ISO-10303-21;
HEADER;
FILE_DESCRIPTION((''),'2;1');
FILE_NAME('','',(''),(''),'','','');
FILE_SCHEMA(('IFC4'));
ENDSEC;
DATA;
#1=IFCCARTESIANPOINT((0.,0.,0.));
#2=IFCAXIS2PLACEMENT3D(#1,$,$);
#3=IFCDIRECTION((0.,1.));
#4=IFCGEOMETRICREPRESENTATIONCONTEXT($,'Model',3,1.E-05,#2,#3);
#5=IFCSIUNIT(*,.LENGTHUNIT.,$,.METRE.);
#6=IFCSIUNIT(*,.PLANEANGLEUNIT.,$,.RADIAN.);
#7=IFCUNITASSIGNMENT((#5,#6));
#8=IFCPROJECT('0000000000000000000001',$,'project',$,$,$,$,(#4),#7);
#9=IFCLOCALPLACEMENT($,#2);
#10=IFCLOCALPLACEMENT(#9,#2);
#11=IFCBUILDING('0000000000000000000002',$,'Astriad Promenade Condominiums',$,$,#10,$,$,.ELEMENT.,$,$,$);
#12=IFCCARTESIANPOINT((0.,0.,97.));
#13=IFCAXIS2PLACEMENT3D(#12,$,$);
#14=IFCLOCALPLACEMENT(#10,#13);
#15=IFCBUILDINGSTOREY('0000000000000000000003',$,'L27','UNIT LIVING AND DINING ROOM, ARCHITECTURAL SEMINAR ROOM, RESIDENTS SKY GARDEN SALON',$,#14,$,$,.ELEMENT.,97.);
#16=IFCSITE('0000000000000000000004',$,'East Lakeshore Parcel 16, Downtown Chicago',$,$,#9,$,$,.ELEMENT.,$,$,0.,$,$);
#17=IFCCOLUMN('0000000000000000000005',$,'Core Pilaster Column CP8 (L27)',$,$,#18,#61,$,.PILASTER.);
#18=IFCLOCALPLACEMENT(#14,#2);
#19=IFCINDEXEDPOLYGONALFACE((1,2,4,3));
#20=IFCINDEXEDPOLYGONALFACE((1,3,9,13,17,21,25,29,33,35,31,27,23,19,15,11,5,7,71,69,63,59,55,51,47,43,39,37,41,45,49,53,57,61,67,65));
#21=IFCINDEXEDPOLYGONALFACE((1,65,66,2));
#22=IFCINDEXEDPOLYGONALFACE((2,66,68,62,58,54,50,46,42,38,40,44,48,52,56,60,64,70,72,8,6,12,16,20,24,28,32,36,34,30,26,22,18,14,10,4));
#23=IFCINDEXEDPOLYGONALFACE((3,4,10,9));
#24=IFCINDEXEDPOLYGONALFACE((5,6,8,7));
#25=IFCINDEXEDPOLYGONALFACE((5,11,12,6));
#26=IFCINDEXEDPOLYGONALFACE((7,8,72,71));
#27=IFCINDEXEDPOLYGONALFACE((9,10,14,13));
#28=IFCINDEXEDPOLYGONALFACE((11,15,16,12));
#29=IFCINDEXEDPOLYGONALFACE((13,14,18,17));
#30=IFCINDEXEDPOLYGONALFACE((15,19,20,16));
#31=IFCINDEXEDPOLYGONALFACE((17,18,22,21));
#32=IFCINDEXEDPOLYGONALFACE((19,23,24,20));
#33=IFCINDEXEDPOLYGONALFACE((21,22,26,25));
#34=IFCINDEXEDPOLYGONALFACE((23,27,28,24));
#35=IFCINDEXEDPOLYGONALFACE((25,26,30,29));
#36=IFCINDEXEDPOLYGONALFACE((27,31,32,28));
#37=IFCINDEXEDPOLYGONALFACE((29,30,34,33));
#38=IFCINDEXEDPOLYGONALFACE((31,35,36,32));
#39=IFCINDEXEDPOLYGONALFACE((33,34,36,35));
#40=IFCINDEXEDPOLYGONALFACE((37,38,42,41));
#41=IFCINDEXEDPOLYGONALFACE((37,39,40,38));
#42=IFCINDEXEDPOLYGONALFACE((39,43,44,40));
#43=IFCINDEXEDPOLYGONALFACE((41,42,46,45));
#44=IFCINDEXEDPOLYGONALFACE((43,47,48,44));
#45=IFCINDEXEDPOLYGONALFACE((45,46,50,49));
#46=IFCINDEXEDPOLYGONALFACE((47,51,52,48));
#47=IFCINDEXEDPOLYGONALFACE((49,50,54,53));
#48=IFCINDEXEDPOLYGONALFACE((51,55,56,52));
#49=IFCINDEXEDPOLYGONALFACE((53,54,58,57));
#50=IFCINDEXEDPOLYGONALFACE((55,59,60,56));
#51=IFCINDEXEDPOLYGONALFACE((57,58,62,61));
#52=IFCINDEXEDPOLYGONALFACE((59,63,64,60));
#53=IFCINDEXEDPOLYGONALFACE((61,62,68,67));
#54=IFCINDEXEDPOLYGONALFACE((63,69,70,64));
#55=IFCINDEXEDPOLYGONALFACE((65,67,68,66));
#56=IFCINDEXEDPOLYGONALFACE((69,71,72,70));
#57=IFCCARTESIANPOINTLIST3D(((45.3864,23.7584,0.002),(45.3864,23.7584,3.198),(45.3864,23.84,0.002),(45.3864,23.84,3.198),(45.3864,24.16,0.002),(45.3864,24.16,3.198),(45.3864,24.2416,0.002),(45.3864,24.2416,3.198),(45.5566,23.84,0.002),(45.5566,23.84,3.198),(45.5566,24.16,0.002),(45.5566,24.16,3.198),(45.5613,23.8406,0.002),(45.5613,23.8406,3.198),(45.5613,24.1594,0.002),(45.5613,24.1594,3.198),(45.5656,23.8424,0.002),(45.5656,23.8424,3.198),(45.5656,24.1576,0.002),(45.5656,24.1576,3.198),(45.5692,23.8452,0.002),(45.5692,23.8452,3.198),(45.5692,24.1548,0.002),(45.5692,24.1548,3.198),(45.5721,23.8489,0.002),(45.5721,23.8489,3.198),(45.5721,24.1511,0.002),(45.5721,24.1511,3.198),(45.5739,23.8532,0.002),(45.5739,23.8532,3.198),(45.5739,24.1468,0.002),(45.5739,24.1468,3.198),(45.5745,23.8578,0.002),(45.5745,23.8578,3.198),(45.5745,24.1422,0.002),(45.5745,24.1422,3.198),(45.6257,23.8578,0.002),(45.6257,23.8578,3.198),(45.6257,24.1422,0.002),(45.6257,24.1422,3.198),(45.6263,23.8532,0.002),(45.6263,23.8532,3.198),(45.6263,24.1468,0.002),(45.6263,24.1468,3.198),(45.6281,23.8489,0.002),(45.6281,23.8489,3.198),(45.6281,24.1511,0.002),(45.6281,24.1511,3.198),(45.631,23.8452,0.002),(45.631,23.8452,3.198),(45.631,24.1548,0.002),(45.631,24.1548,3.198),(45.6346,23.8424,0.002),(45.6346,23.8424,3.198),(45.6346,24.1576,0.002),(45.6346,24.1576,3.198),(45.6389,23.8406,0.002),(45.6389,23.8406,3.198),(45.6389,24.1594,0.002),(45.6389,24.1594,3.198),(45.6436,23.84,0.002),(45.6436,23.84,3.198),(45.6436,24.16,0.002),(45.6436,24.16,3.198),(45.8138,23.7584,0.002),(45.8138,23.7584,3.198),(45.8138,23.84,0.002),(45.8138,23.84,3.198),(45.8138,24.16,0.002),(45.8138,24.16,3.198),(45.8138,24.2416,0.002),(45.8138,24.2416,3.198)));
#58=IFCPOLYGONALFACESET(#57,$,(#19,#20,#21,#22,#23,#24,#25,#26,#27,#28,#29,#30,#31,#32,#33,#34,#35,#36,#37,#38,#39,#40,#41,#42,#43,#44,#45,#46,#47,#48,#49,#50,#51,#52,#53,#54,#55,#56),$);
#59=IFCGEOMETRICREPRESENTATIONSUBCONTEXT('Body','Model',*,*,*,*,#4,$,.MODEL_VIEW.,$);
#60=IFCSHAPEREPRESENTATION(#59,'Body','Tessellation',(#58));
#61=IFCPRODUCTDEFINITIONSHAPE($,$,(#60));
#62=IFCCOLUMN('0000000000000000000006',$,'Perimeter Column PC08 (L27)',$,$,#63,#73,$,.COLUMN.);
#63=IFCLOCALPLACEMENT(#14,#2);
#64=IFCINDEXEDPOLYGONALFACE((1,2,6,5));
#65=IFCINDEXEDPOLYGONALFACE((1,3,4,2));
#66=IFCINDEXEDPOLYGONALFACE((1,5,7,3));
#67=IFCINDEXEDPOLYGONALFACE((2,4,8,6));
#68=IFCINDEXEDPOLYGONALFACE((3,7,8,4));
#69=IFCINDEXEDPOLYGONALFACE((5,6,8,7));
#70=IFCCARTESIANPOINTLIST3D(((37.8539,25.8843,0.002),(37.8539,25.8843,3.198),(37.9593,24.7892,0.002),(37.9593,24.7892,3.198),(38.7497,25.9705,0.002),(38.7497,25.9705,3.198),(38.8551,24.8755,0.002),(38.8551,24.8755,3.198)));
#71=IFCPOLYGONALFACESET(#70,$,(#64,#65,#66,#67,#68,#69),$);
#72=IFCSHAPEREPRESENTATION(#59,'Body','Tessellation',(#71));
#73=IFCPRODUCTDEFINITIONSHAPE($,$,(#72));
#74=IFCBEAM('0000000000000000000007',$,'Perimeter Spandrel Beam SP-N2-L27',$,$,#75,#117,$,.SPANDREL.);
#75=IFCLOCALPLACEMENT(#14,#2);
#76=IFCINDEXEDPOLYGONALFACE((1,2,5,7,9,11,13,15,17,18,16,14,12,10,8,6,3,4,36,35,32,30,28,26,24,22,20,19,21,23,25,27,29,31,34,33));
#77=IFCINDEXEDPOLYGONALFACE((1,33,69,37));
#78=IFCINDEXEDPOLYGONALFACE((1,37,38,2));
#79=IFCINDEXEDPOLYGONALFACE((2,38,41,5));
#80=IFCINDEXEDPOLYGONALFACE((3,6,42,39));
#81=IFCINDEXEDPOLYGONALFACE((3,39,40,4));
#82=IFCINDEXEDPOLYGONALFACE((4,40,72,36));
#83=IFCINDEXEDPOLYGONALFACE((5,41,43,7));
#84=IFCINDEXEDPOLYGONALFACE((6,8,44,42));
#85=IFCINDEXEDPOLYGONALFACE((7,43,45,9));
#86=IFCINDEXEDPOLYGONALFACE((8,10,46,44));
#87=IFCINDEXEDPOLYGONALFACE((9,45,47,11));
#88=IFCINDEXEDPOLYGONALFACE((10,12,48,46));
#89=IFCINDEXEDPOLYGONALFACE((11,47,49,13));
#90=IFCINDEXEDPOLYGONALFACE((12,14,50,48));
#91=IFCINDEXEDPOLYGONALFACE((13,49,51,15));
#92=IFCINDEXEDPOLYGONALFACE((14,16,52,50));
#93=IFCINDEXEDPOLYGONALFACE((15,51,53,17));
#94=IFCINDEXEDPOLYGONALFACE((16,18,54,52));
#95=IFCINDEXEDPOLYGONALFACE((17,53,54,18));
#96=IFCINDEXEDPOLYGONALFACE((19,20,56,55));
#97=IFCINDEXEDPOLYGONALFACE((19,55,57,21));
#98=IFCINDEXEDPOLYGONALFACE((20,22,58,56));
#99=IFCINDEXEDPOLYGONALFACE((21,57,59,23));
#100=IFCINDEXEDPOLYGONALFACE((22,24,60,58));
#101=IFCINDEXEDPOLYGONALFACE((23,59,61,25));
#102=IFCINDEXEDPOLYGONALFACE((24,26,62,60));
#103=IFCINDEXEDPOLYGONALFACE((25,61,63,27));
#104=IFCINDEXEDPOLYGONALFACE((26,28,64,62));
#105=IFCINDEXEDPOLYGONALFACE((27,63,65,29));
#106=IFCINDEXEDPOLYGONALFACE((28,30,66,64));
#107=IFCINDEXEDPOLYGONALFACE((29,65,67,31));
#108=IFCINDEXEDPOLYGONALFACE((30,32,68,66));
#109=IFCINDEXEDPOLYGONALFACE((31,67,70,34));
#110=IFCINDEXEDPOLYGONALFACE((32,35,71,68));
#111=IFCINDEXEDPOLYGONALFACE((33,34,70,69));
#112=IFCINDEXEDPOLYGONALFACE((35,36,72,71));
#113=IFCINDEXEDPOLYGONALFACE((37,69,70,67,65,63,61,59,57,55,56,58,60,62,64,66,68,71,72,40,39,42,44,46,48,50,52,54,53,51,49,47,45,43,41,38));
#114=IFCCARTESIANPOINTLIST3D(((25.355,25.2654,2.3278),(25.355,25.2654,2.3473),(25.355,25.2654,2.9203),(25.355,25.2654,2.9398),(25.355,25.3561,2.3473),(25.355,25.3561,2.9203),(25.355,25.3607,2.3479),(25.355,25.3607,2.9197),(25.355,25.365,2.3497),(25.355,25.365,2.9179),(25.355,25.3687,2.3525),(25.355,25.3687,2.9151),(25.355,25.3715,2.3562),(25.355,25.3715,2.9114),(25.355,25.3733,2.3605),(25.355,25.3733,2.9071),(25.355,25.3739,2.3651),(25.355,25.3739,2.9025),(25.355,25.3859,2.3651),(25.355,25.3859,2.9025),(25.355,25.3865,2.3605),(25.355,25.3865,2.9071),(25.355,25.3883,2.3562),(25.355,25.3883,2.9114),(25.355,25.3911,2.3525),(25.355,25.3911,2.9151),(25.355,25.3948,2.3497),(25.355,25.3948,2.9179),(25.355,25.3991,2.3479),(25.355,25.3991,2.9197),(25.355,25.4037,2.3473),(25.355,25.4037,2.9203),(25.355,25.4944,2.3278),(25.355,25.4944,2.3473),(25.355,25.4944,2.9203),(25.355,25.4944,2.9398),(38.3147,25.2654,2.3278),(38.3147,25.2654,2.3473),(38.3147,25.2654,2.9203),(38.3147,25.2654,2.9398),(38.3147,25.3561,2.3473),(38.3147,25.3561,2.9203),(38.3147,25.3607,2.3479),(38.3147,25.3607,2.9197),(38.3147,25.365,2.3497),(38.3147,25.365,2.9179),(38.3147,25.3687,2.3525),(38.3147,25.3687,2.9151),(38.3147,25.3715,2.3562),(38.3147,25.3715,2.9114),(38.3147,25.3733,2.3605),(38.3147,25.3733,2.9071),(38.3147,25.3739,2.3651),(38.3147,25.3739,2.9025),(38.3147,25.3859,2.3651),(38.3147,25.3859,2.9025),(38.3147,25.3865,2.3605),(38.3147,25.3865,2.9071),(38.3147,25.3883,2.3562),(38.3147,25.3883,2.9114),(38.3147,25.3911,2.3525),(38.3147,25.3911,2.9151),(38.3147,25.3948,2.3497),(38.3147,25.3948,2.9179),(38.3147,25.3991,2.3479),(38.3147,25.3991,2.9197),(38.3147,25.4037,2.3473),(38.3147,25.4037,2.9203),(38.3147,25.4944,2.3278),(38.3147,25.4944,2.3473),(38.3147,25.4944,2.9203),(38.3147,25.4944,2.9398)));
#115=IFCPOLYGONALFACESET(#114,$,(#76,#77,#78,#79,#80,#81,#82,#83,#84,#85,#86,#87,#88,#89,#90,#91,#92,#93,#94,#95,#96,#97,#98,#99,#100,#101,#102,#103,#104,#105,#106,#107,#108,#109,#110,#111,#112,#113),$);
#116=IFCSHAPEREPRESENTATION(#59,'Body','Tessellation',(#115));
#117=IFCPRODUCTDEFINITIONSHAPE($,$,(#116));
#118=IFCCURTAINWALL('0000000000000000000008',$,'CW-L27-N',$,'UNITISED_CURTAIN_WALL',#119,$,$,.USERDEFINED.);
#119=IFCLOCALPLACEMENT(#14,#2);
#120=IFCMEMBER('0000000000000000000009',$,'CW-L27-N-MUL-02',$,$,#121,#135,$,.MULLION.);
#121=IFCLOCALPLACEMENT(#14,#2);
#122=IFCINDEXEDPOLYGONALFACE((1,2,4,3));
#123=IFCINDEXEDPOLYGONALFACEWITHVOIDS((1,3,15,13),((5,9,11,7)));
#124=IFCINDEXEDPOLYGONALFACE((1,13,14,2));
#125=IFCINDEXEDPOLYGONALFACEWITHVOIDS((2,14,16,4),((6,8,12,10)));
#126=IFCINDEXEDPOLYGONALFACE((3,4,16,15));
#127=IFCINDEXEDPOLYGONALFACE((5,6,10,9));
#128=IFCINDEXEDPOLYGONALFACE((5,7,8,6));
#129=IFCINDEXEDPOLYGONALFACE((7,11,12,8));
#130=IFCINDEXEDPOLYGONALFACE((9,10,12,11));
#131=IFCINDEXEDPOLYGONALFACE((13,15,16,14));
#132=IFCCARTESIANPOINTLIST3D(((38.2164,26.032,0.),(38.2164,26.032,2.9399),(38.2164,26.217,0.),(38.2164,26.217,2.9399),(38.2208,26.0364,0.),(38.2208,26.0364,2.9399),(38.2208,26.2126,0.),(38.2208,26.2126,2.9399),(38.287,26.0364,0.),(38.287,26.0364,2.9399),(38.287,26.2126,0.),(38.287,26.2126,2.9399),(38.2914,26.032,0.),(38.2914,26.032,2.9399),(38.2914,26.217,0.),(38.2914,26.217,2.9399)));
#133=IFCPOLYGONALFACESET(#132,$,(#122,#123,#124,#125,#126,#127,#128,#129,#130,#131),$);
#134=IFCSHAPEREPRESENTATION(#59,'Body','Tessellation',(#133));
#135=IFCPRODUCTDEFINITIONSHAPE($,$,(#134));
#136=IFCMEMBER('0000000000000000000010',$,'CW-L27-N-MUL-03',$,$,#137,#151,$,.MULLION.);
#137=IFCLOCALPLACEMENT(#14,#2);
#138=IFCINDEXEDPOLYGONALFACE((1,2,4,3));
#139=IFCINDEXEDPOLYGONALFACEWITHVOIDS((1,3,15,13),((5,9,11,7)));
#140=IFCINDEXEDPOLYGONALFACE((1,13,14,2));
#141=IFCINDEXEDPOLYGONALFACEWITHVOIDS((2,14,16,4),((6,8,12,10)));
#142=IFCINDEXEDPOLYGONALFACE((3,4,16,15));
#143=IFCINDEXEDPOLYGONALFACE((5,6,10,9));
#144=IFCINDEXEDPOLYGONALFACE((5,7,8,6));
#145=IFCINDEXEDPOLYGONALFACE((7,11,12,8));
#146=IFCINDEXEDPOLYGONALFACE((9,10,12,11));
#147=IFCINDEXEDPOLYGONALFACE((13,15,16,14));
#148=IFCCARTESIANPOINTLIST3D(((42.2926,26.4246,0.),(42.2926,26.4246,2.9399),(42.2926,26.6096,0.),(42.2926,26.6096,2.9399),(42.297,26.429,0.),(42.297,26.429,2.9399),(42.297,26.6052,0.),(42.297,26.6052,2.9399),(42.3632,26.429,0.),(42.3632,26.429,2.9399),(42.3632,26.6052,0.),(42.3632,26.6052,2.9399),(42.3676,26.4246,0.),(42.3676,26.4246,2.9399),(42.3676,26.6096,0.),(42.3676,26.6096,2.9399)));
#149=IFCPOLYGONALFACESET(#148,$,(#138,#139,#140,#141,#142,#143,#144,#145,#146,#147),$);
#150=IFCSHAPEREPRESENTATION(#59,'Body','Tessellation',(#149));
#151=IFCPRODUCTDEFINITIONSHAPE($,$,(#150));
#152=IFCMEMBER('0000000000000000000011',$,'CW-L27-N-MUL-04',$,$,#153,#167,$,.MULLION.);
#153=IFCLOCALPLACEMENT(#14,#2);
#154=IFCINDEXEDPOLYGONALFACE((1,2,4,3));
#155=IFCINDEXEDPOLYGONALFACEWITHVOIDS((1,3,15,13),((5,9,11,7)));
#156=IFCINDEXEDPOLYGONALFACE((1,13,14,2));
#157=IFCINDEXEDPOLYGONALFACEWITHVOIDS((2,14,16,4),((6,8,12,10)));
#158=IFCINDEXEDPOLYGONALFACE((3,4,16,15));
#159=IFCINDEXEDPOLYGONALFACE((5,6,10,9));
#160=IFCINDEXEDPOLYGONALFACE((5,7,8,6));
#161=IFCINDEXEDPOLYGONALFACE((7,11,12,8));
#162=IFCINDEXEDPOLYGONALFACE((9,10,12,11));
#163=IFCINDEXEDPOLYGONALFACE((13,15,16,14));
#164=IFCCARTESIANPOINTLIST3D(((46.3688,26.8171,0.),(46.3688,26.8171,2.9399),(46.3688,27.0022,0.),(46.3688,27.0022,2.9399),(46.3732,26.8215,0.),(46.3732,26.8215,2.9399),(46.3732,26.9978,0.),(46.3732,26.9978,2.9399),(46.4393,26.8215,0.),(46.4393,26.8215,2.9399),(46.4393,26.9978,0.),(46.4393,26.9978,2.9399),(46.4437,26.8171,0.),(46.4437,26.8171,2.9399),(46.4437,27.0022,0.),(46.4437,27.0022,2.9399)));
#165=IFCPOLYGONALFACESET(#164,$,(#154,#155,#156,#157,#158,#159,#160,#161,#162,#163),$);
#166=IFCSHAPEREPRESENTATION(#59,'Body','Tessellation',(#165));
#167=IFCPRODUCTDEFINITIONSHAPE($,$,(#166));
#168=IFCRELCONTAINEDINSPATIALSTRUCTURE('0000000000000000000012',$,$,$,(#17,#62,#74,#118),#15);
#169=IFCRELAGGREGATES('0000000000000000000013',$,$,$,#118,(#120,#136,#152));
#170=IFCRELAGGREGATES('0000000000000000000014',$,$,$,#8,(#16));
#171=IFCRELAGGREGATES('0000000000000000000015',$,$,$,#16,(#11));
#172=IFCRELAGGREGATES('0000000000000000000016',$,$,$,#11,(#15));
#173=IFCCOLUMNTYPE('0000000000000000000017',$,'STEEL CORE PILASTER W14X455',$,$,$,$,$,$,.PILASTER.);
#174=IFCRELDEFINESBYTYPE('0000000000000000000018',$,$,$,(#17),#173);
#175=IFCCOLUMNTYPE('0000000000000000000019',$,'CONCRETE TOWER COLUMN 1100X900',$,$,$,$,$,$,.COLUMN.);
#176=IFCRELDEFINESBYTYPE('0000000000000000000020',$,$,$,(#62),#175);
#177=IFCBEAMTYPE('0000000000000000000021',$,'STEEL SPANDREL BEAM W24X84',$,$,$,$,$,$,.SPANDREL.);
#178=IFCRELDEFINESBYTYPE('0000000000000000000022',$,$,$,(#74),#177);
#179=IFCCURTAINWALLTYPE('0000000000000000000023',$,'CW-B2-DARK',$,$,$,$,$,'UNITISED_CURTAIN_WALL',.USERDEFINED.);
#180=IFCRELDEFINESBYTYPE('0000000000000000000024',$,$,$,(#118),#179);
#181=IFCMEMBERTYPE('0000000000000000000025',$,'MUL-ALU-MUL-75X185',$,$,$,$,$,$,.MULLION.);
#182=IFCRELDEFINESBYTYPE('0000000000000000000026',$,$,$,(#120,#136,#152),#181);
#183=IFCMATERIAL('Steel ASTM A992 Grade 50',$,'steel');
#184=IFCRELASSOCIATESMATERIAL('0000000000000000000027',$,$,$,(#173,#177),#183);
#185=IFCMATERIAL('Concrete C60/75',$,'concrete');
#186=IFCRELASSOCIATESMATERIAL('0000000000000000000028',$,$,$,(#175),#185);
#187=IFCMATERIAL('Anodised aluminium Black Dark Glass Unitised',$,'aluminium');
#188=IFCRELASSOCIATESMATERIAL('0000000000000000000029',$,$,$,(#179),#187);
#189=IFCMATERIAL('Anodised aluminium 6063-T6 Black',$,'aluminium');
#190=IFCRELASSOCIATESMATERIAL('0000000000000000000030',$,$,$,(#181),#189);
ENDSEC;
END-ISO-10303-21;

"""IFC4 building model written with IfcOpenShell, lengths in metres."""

from ifc_helpers import new_model, si_unit, direction, frame, origin, origin_2d, place, context, subcontext, project, spatial, rectangle, hollow_rectangle, i_section, extrude, source, transform, mapped, material, material_profile, profile_set, type_object, type_shapes, element, aggregate, save


model = new_model("IFC4")

# Units and contexts
model_context = context("Model", 3, precision=1e-05, world=origin(), true_north=direction((0.0, 1.0)))
body_context = subcontext(model_context, "Body", "Model", "MODEL_VIEW")
ifc_project = project(units=[si_unit("LENGTHUNIT", "METRE"), si_unit("PLANEANGLEUNIT", "RADIAN")], contexts=[model_context])

# Site, building, storey
site_placement = place(None, origin())
site = spatial("IfcSite", under=ifc_project, at=site_placement, Name="East Lakeshore Parcel 16, Downtown Chicago", CompositionType="ELEMENT", RefElevation=0.0)
building_placement = place(site_placement, origin())
building = spatial("IfcBuilding", under=site, at=building_placement, Name="Astriad Promenade Condominiums", CompositionType="ELEMENT")
storey_placement = place(building_placement, frame((0.0, 0.0, 97.0)))
storey = spatial("IfcBuildingStorey", under=building, at=storey_placement, Name="L27", Description="UNIT LIVING AND DINING ROOM, ARCHITECTURAL SEMINAR ROOM, RESIDENTS SKY GARDEN SALON", CompositionType="ELEMENT", Elevation=97.0)

# Columns
ifc_material_1 = material(Name="Steel ASTM A992 Grade 50", Category="steel")
ifc_material_profile_1 = material_profile(ifc_material_1, i_section(OverallWidth=0.4275, OverallDepth=0.4832, WebThickness=0.0513, FlangeThickness=0.0815, FilletRadius=0.0178, at=origin_2d()), Name="W14X455")
ifc_profile_set_1 = profile_set([ifc_material_profile_1], Name="Steel ASTM A992 Grade 50")
column_type_1 = type_object("IfcColumnType", Name="STEEL CORE PILASTER W14X455", PredefinedType="PILASTER", material=ifc_profile_set_1)
shared_shape_1 = source(origin(), body_context, "Body", "SweptSolid", [
    extrude(i_section(OverallWidth=0.4275, OverallDepth=0.4832, WebThickness=0.0513, FlangeThickness=0.0815, FilletRadius=0.0178, at=origin_2d()), origin(), (0.0, 0.0, 1.0), 3.196),
])
type_shapes(column_type_1, [shared_shape_1])
column_1_placement = place(storey_placement, frame((45.6001, 24.0, 0.002), z_axis=(0.0, 0.0, 1.0), x_axis=(1.0, 0.0, 0.0)))
element("IfcColumn", 1, at=column_1_placement, inside=storey, type_object=column_type_1, Name="Core Pilaster Column CP8 (L27)", PredefinedType="PILASTER", context=body_context, shape_type="MappedRepresentation", body=[
    mapped(shared_shape_1, transform((0.0, 0.0, 0.0), scale=1.0)),
])
ifc_material_2 = material(Name="Concrete C60/75", Category="concrete")
ifc_material_profile_2 = material_profile(ifc_material_2, rectangle(XDim=0.8999, YDim=1.1001, at=origin_2d()), Name="RC-COL-1100X900")
ifc_profile_set_2 = profile_set([ifc_material_profile_2], Name="Concrete C60/75")
column_type_2 = type_object("IfcColumnType", Name="CONCRETE TOWER COLUMN 1100X900", PredefinedType="COLUMN", material=ifc_profile_set_2)
shared_shape_2 = source(origin(), body_context, "Body", "SweptSolid", [
    extrude(rectangle(XDim=0.8999, YDim=1.1001, at=origin_2d()), origin(), (0.0, 0.0, 1.0), 3.196),
])
type_shapes(column_type_2, [shared_shape_2])
column_2_placement = place(storey_placement, frame((38.3545, 25.3799, 0.002), z_axis=(0.0, 0.0, 1.0), x_axis=(0.995396, 0.095846, 0.0)))
element("IfcColumn", 2, at=column_2_placement, inside=storey, type_object=column_type_2, Name="Perimeter Column PC08 (L27)", PredefinedType="COLUMN", context=body_context, shape_type="MappedRepresentation", body=[
    mapped(shared_shape_2, transform((0.0, 0.0, 0.0), scale=1.0)),
])

# Beam
ifc_material_profile_3 = material_profile(ifc_material_1, i_section(OverallWidth=0.229, OverallDepth=0.6121, WebThickness=0.012, FlangeThickness=0.0195, FilletRadius=0.0178, at=origin_2d()), Name="W24X84")
ifc_profile_set_3 = profile_set([ifc_material_profile_3], Name="Steel ASTM A992 Grade 50")
beam_type = type_object("IfcBeamType", Name="STEEL SPANDREL BEAM W24X84", PredefinedType="SPANDREL", material=ifc_profile_set_3)
shared_shape_3 = source(origin(), body_context, "Body", "SweptSolid", [
    extrude(i_section(OverallWidth=0.229, OverallDepth=0.6121, WebThickness=0.012, FlangeThickness=0.0195, FilletRadius=0.0178, at=origin_2d()), origin(), (0.0, 0.0, 1.0), 12.9597),
])
type_shapes(beam_type, [shared_shape_3])
beam_placement = place(storey_placement, frame((38.3147, 25.3799, 2.6338), z_axis=(-1.0, 0.0, 0.0), x_axis=(0.0, -1.0, 0.0)))
element("IfcBeam", 3, at=beam_placement, inside=storey, type_object=beam_type, Name="Perimeter Spandrel Beam SP-N2-L27", PredefinedType="SPANDREL", context=body_context, shape_type="MappedRepresentation", body=[
    mapped(shared_shape_3, transform((0.0, 0.0, 0.0), scale=1.0)),
])

# Curtain wall, members
ifc_material_3 = material(Name="Anodised aluminium Black Dark Glass Unitised", Category="aluminium")
curtain_wall_type = type_object("IfcCurtainWallType", Name="CW-B2-DARK", ElementType="UNITISED_CURTAIN_WALL", PredefinedType="USERDEFINED", material=ifc_material_3)
curtain_wall_placement = place(storey_placement, origin())
curtain_wall = element("IfcCurtainWall", 4, at=curtain_wall_placement, inside=storey, type_object=curtain_wall_type, Name="CW-L27-N", ObjectType="UNITISED_CURTAIN_WALL", PredefinedType="USERDEFINED")
ifc_material_4 = material(Name="Anodised aluminium 6063-T6 Black", Category="aluminium")
ifc_material_profile_4 = material_profile(ifc_material_4, hollow_rectangle(XDim=0.075, YDim=0.1851, WallThickness=0.0044, at=origin_2d()), Name="ALU-MUL-75X185")
ifc_profile_set_4 = profile_set([ifc_material_profile_4], Name="Anodised aluminium 6063-T6 Black")
member_type_1 = type_object("IfcMemberType", Name="MUL-ALU-MUL-75X185", PredefinedType="MULLION", material=ifc_profile_set_4)
shared_shape_4 = source(origin(), body_context, "Body", "SweptSolid", [
    extrude(hollow_rectangle(XDim=0.075, YDim=0.1851, WallThickness=0.0044, at=origin_2d()), origin(), (0.0, 0.0, 1.0), 2.9399),
])
type_shapes(member_type_1, [shared_shape_4])
member_1_placement = place(storey_placement, frame((38.2539, 26.1245, 0.0), z_axis=(0.0, 0.0, 1.0), x_axis=(1.0, 0.0, 0.0)))
member_1 = element("IfcMember", 5, at=member_1_placement, type_object=member_type_1, Name="CW-L27-N-MUL-02", PredefinedType="MULLION", context=body_context, shape_type="MappedRepresentation", body=[
    mapped(shared_shape_4, transform((0.0, 0.0, 0.0), scale=1.0)),
])
member_2_placement = place(storey_placement, frame((42.3301, 26.5171, 0.0), z_axis=(0.0, 0.0, 1.0), x_axis=(1.0, 0.0, 0.0)))
member_2 = element("IfcMember", 6, at=member_2_placement, type_object=member_type_1, Name="CW-L27-N-MUL-03", PredefinedType="MULLION", context=body_context, shape_type="MappedRepresentation", body=[
    mapped(shared_shape_4, transform((0.0, 0.0, 0.0), scale=1.0)),
])
member_3_placement = place(storey_placement, frame((46.4062, 26.9097, 0.0), z_axis=(0.0, 0.0, 1.0), x_axis=(1.0, 0.0, 0.0)))
member_3 = element("IfcMember", 7, at=member_3_placement, type_object=member_type_1, Name="CW-L27-N-MUL-04", PredefinedType="MULLION", context=body_context, shape_type="MappedRepresentation", body=[
    mapped(shared_shape_4, transform((0.0, 0.0, 0.0), scale=1.0)),
])
aggregate(curtain_wall, [member_1, member_2, member_3])

save(model, "model.ifc")
